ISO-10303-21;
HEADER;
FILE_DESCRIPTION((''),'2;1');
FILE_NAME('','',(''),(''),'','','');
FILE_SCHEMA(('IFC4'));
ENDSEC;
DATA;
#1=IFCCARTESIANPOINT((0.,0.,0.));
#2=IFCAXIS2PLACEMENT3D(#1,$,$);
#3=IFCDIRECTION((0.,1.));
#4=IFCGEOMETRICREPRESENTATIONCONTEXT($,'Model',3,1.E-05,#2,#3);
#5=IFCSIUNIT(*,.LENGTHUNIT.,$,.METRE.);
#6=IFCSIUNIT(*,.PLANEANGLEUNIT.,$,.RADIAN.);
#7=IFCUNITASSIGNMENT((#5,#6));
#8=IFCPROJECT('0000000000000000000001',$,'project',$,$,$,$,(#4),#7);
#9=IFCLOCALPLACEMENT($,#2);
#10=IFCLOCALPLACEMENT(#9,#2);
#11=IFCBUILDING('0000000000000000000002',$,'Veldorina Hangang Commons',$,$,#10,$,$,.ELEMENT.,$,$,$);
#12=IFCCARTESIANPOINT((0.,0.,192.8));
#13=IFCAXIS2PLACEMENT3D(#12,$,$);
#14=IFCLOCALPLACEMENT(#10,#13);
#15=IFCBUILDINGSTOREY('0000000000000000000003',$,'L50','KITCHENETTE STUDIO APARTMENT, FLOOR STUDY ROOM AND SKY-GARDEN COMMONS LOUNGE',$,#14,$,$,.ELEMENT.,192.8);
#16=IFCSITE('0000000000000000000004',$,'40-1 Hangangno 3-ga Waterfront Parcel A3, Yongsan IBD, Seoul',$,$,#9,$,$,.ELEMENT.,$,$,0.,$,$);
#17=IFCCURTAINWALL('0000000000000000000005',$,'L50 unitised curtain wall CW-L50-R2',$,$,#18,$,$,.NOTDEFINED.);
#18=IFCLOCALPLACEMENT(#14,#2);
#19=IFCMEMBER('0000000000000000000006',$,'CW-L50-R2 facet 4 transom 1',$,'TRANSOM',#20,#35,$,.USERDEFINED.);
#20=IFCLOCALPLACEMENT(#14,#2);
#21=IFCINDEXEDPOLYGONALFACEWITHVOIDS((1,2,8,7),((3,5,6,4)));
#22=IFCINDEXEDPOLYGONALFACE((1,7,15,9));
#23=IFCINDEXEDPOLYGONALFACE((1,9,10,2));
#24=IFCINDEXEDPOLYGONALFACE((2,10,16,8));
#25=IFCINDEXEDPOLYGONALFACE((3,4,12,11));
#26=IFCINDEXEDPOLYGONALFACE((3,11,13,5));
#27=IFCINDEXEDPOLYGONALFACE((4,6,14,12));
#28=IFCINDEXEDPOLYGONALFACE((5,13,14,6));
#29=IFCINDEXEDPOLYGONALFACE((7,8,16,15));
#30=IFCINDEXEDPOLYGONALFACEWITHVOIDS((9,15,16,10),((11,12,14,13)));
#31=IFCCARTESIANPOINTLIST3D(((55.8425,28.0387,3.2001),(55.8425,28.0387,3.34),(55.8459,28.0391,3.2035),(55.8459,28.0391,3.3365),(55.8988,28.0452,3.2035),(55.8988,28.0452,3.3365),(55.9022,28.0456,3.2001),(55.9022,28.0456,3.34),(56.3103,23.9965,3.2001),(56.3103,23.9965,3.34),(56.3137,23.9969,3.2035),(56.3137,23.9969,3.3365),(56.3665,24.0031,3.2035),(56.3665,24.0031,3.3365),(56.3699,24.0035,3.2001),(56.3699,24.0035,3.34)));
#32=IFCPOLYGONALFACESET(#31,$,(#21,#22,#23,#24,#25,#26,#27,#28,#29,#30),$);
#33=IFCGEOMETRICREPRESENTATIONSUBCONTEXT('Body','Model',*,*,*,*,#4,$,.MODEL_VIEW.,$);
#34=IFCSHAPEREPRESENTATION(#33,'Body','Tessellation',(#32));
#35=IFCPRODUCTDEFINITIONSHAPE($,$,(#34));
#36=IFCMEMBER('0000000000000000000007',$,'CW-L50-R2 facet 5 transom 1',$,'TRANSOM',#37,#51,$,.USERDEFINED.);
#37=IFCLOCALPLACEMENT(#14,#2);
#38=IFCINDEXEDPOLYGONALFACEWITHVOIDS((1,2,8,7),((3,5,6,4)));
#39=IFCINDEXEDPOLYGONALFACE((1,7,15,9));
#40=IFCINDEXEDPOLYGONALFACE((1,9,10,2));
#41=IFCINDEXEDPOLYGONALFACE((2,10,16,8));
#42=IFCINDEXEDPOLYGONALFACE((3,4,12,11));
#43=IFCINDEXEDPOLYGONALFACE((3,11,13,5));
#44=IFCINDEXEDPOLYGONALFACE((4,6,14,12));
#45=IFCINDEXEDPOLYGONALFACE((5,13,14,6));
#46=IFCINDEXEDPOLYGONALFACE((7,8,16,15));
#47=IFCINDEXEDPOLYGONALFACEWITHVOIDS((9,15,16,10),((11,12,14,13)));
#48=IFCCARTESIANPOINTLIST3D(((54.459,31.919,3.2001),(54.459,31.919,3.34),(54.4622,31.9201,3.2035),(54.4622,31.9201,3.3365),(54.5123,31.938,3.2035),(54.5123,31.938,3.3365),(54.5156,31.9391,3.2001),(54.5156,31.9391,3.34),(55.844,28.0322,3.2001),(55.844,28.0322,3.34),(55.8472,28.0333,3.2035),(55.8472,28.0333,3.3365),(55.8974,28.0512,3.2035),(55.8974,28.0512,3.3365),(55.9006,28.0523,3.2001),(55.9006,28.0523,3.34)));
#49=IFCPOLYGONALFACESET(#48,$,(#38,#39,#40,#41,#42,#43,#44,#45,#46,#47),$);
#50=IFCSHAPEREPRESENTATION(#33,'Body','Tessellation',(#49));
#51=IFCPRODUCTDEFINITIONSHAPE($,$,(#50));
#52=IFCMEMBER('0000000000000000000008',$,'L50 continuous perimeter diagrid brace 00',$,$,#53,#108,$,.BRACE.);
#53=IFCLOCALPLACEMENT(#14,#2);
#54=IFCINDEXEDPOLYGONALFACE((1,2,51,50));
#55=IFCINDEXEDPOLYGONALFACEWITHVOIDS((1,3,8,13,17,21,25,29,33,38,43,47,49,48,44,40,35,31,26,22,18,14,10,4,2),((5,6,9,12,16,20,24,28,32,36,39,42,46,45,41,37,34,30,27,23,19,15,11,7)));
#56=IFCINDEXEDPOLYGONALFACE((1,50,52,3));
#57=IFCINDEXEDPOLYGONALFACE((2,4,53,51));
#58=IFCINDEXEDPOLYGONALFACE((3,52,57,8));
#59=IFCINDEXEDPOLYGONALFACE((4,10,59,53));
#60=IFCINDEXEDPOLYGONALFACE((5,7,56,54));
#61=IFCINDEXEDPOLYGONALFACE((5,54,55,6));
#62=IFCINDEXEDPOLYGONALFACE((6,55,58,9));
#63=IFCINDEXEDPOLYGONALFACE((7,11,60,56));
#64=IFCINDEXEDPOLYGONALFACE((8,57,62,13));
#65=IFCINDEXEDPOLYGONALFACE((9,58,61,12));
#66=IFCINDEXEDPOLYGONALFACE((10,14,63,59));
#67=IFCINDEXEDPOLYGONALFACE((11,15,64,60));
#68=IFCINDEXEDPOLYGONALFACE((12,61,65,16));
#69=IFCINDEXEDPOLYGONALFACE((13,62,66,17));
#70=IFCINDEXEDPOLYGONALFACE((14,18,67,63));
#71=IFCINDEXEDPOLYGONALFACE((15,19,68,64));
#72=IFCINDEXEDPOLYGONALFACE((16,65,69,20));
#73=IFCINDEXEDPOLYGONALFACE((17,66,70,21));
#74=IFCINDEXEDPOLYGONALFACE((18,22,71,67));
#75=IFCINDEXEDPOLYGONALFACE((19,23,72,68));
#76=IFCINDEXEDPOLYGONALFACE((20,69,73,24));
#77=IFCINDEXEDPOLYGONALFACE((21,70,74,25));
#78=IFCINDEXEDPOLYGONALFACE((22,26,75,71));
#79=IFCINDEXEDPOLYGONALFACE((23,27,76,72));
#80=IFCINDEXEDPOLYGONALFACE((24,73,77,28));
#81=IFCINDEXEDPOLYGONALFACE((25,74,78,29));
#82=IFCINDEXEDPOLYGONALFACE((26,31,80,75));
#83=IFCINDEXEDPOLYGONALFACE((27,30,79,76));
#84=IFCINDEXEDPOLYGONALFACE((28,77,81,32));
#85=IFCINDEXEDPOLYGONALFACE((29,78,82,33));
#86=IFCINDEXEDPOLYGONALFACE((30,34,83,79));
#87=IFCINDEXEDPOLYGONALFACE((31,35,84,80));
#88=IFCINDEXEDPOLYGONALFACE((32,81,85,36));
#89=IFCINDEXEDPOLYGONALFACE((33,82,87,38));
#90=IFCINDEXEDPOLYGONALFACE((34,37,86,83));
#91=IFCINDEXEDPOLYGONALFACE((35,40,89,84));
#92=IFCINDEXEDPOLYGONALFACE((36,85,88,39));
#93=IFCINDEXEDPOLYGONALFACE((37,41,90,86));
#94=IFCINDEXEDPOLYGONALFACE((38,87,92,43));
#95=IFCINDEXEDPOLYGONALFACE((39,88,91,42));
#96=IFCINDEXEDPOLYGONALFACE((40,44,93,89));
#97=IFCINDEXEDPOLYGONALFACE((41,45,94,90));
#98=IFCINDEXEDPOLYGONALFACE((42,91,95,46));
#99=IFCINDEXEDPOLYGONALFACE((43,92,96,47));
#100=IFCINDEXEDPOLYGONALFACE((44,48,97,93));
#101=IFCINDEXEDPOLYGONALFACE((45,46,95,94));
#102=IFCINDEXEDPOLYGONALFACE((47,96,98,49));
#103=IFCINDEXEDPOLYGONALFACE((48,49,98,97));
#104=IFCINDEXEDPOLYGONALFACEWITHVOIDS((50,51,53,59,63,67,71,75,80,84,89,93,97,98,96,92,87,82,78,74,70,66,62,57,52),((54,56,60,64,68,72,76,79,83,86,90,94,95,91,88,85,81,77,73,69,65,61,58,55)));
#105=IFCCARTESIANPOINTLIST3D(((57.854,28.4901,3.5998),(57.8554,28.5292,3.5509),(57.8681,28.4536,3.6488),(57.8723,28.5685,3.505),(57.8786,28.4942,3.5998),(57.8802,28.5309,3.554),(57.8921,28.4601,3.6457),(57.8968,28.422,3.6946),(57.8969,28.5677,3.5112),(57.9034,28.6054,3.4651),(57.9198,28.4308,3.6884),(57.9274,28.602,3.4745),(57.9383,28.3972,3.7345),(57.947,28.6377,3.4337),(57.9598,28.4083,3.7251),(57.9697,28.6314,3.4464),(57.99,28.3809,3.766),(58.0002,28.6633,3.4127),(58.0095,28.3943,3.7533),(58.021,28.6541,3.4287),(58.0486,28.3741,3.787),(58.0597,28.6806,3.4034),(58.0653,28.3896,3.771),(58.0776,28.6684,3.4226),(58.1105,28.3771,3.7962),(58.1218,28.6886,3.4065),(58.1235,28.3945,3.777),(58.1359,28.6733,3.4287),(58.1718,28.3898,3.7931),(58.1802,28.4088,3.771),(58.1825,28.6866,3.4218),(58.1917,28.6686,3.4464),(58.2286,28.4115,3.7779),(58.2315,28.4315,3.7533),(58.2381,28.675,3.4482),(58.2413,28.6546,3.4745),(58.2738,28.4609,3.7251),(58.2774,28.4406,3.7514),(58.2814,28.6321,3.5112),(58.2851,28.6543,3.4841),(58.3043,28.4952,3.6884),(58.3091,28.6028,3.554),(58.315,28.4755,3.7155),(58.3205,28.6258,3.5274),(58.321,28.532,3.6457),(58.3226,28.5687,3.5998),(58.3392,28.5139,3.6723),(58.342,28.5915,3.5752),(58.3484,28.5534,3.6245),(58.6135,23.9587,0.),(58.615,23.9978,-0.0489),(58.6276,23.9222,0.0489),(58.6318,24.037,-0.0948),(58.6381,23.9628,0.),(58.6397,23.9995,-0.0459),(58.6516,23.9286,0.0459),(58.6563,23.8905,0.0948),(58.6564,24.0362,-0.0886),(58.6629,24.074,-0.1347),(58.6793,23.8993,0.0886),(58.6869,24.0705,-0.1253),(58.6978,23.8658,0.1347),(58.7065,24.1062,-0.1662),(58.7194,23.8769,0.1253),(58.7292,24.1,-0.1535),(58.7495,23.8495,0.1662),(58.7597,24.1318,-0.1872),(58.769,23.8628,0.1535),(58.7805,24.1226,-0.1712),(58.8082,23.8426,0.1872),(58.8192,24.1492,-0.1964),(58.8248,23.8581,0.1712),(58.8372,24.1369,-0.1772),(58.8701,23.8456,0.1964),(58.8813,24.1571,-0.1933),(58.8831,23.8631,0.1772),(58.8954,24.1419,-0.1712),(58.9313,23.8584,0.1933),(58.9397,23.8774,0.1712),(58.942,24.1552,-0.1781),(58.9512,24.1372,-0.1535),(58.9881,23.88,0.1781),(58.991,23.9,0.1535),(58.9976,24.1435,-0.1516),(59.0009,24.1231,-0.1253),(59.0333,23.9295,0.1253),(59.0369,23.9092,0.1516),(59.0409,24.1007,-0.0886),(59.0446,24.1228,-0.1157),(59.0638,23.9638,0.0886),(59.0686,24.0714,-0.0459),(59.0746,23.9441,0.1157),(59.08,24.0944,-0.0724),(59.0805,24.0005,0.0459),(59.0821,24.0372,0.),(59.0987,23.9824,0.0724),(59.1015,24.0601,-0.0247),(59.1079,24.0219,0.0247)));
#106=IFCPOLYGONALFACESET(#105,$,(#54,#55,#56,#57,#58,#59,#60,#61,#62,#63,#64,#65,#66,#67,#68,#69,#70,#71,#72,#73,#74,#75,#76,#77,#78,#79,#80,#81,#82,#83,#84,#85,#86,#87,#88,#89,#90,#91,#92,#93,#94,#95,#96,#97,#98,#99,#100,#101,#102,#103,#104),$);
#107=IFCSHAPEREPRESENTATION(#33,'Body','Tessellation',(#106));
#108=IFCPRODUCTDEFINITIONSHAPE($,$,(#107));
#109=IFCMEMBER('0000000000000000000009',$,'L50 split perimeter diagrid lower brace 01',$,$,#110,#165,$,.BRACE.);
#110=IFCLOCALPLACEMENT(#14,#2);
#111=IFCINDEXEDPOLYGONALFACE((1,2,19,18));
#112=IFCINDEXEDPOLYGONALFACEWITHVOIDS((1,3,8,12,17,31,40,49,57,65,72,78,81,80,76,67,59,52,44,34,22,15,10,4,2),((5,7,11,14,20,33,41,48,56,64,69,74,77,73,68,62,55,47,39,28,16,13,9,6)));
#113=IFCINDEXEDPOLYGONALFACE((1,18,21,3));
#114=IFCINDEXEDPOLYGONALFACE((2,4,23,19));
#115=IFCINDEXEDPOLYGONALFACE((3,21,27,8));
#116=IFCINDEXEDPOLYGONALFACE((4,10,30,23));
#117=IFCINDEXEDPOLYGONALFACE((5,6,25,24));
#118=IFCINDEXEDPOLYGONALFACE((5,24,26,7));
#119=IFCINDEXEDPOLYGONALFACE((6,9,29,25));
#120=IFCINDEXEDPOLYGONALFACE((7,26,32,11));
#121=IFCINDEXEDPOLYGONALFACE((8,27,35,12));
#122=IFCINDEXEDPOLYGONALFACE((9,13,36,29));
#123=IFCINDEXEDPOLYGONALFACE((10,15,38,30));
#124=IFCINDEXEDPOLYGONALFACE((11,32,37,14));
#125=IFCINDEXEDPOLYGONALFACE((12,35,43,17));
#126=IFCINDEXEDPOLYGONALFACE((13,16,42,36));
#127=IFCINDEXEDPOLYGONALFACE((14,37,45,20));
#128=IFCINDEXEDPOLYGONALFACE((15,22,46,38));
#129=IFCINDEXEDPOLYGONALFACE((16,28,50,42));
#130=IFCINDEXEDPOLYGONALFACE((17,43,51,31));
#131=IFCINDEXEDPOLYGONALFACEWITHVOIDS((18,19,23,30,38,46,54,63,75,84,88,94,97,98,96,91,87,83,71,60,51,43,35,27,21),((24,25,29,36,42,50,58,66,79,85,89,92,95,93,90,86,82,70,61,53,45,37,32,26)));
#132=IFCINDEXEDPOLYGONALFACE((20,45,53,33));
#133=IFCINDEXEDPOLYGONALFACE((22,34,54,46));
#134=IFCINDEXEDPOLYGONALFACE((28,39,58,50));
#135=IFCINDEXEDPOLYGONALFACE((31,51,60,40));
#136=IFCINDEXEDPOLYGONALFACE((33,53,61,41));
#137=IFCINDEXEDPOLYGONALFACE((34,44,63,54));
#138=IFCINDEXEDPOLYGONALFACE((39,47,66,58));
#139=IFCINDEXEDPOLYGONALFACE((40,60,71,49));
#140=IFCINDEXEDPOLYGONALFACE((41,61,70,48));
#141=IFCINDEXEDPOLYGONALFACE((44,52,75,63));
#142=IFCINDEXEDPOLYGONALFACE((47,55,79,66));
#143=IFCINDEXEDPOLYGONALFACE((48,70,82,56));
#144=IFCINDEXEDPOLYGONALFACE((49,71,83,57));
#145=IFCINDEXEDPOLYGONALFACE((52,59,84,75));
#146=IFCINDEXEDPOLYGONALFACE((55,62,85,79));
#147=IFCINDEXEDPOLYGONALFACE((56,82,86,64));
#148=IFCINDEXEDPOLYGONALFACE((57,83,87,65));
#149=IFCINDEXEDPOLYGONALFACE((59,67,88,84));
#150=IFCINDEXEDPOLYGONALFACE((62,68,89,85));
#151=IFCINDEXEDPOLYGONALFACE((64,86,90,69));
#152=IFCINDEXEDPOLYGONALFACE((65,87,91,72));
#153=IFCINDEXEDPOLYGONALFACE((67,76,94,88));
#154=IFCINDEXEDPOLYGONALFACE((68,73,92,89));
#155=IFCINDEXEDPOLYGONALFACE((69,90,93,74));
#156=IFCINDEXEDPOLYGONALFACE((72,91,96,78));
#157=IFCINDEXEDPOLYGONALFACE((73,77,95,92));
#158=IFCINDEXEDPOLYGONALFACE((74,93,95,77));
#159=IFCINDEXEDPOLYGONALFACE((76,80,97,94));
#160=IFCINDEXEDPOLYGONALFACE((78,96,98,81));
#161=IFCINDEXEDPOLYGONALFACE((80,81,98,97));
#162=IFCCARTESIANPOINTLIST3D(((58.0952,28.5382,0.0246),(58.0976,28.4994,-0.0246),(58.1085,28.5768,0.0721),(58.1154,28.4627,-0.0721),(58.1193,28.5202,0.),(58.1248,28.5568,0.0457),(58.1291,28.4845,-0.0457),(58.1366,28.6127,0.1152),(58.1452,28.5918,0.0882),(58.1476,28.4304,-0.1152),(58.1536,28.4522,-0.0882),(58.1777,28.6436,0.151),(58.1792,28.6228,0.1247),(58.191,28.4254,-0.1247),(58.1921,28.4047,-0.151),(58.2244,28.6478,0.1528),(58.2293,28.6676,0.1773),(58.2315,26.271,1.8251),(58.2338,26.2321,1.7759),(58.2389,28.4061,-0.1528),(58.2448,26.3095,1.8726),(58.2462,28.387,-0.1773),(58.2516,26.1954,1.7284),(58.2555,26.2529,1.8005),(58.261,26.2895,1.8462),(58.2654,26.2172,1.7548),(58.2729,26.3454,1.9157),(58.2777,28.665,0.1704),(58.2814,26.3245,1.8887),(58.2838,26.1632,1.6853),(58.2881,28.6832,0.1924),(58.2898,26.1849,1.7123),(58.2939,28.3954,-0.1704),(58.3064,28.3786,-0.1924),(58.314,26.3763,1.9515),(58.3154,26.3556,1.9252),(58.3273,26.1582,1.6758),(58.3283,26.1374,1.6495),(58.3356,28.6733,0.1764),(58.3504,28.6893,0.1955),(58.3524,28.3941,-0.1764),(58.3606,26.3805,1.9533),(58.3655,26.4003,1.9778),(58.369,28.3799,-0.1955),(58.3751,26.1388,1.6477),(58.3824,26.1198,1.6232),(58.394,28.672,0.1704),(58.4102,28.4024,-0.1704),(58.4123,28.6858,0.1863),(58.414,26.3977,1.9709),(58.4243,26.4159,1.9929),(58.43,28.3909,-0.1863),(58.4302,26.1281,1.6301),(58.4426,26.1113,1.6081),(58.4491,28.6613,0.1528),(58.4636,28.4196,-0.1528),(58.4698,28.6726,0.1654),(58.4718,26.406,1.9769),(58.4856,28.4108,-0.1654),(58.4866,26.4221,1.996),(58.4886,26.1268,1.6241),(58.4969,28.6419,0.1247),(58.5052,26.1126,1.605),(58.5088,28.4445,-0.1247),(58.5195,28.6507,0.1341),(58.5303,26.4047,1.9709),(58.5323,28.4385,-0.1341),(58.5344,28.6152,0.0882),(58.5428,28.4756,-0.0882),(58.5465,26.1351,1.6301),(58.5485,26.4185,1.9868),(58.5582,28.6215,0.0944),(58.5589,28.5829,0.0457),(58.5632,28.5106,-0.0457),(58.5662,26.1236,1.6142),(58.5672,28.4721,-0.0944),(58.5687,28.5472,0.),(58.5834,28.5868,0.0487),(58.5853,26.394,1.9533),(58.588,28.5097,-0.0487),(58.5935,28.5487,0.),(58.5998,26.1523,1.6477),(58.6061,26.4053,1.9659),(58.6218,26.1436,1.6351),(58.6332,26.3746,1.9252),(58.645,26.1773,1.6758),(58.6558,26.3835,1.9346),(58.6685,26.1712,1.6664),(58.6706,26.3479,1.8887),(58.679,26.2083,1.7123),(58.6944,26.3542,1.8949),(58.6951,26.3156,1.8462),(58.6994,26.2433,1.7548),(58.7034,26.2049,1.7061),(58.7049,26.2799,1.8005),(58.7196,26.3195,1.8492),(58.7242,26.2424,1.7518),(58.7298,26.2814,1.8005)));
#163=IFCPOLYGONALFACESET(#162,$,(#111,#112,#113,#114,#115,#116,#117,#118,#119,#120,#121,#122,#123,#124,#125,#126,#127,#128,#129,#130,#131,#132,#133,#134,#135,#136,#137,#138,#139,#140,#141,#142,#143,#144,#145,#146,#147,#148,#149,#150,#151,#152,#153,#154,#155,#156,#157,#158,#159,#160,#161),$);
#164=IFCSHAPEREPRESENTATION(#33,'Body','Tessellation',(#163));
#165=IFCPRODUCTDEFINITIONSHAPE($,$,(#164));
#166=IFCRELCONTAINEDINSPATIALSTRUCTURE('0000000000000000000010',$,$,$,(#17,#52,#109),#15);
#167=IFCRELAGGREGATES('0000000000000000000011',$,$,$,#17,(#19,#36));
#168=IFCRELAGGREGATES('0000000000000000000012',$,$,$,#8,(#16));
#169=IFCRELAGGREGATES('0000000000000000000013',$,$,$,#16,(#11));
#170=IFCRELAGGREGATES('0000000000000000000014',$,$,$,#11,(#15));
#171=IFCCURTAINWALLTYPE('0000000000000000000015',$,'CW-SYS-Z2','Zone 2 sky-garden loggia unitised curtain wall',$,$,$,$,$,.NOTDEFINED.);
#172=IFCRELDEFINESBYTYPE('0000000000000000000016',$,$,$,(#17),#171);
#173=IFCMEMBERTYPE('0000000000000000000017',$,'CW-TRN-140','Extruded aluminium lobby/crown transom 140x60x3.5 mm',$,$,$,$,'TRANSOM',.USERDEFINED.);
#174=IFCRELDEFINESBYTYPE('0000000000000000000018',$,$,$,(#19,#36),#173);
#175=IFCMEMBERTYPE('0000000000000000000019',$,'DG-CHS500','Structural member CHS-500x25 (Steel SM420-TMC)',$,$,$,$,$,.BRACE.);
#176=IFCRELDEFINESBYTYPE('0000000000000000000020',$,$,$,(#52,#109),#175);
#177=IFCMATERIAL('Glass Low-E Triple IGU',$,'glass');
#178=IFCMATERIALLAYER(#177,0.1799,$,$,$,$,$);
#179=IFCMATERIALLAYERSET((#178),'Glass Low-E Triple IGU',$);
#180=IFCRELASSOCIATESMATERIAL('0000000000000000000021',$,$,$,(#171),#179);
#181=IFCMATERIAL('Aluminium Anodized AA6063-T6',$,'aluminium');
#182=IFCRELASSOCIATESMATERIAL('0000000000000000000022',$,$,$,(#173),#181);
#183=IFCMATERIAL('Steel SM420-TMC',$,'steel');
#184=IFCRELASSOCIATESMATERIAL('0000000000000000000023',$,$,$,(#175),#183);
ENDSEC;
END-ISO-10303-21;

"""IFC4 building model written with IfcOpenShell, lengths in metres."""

from ifc_helpers import new_model, si_unit, direction, frame, origin, origin_2d, place, context, subcontext, project, spatial, hollow_rectangle, hollow_circle, extrude, material, layer, layer_set, material_profile, profile_set, type_object, element, aggregate, save


model = new_model("IFC4")

# Units and contexts
model_context = context("Model", 3, precision=1e-05, world=origin(), true_north=direction((0.0, 1.0)))
body_context = subcontext(model_context, "Body", "Model", "MODEL_VIEW")
ifc_project = project(units=[si_unit("LENGTHUNIT", "METRE"), si_unit("PLANEANGLEUNIT", "RADIAN")], contexts=[model_context])

# Site, building, storey
site_placement = place(None, origin())
site = spatial("IfcSite", under=ifc_project, at=site_placement, Name="40-1 Hangangno 3-ga Waterfront Parcel A3, Yongsan IBD, Seoul", CompositionType="ELEMENT", RefElevation=0.0)
building_placement = place(site_placement, origin())
building = spatial("IfcBuilding", under=site, at=building_placement, Name="Veldorina Hangang Commons", CompositionType="ELEMENT")
storey_placement = place(building_placement, frame((0.0, 0.0, 192.8)))
storey = spatial("IfcBuildingStorey", under=building, at=storey_placement, Name="L50", Description="KITCHENETTE STUDIO APARTMENT, FLOOR STUDY ROOM AND SKY-GARDEN COMMONS LOUNGE", CompositionType="ELEMENT", Elevation=192.8)

# Shared definitions
ifc_material_1 = material(Name="Steel SM420-TMC", Category="steel")

# Curtain wall, members
ifc_material_2 = material(Name="Glass Low-E Triple IGU", Category="glass")
ifc_layer_1 = layer(ifc_material_2, 0.1799)
ifc_layer_set_1 = layer_set([ifc_layer_1], Name="Glass Low-E Triple IGU")
curtain_wall_type = type_object("IfcCurtainWallType", Name="CW-SYS-Z2", Description="Zone 2 sky-garden loggia unitised curtain wall", PredefinedType="NOTDEFINED", material=ifc_layer_set_1)
curtain_wall_placement = place(storey_placement, origin())
curtain_wall = element("IfcCurtainWall", 1, at=curtain_wall_placement, inside=storey, type_object=curtain_wall_type, Name="L50 unitised curtain wall CW-L50-R2", PredefinedType="NOTDEFINED")
ifc_material_3 = material(Name="Aluminium Anodized AA6063-T6", Category="aluminium")
ifc_material_profile_1 = material_profile(ifc_material_3, hollow_rectangle(XDim=0.0601, YDim=0.1399, WallThickness=0.0034, at=origin_2d()), Name="ALU-RHS-140x60x3.5")
ifc_profile_set_1 = profile_set([ifc_material_profile_1], Name="Aluminium Anodized AA6063-T6")
member_type_1 = type_object("IfcMemberType", Name="CW-TRN-140", Description="Extruded aluminium lobby/crown transom 140x60x3.5 mm", ElementType="TRANSOM", PredefinedType="USERDEFINED", material=ifc_profile_set_1)
member_1_placement = place(storey_placement, frame((56.3401, 24.0, 3.27), z_axis=(-0.114954, 0.993371, 0.0), x_axis=(-0.993371, -0.114954, 0.0)))
member_1 = element("IfcMember", 2, at=member_1_placement, type_object=member_type_1, Name="CW-L50-R2 facet 4 transom 1", ObjectType="TRANSOM", PredefinedType="USERDEFINED", context=body_context, shape_type="SweptSolid", body=[
    extrude(hollow_rectangle(XDim=0.0601, YDim=0.1399, WallThickness=0.0034, at=origin_2d()), origin(), (0.0, 0.0, 1.0), 4.0691),
])
member_2_placement = place(storey_placement, frame((55.8723, 28.0422, 3.27), z_axis=(-0.335669, 0.94198, 0.0), x_axis=(-0.94198, -0.335669, 0.0)))
member_2 = element("IfcMember", 3, at=member_2_placement, type_object=member_type_1, Name="CW-L50-R2 facet 5 transom 1", ObjectType="TRANSOM", PredefinedType="USERDEFINED", context=body_context, shape_type="SweptSolid", body=[
    extrude(hollow_rectangle(XDim=0.0601, YDim=0.1399, WallThickness=0.0034, at=origin_2d()), origin(), (0.0, 0.0, 1.0), 4.1262),
])

# Members
ifc_material_profile_2 = material_profile(ifc_material_1, hollow_circle(Radius=0.25, WallThickness=0.0249, at=origin_2d()), Name="CHS-500x25")
ifc_profile_set_2 = profile_set([ifc_material_profile_2], Name="Steel SM420-TMC")
member_type_2 = type_object("IfcMemberType", Name="DG-CHS500", Description="Structural member CHS-500x25 (Steel SM420-TMC)", PredefinedType="BRACE", material=ifc_profile_set_2)
member_3_placement = place(storey_placement, frame((58.8601, 24.0, 0.0), z_axis=(-0.130122, 0.776343, 0.616733), x_axis=(-0.986243, -0.165304, 0.0)))
element("IfcMember", 4, at=member_3_placement, inside=storey, type_object=member_type_2, Name="L50 continuous perimeter diagrid brace 00", PredefinedType="BRACE", context=body_context, shape_type="SweptSolid", body=[
    extrude(hollow_circle(Radius=0.25, WallThickness=0.0249, at=origin_2d()), origin(), (0.0, 0.0, 1.0), 5.8369),
])
member_4_placement = place(storey_placement, frame((58.344, 28.5337, 0.0), z_axis=(0.047, -0.782244, 0.621196), x_axis=(0.9982, 0.059976, 0.0)))
element("IfcMember", 5, at=member_4_placement, inside=storey, type_object=member_type_2, Name="L50 split perimeter diagrid lower brace 01", PredefinedType="BRACE", context=body_context, shape_type="SweptSolid", body=[
    extrude(hollow_circle(Radius=0.25, WallThickness=0.0249, at=origin_2d()), origin(), (0.0, 0.0, 1.0), 2.8984),
])

aggregate(curtain_wall, [member_1, member_2])

save(model, "model.ifc")
